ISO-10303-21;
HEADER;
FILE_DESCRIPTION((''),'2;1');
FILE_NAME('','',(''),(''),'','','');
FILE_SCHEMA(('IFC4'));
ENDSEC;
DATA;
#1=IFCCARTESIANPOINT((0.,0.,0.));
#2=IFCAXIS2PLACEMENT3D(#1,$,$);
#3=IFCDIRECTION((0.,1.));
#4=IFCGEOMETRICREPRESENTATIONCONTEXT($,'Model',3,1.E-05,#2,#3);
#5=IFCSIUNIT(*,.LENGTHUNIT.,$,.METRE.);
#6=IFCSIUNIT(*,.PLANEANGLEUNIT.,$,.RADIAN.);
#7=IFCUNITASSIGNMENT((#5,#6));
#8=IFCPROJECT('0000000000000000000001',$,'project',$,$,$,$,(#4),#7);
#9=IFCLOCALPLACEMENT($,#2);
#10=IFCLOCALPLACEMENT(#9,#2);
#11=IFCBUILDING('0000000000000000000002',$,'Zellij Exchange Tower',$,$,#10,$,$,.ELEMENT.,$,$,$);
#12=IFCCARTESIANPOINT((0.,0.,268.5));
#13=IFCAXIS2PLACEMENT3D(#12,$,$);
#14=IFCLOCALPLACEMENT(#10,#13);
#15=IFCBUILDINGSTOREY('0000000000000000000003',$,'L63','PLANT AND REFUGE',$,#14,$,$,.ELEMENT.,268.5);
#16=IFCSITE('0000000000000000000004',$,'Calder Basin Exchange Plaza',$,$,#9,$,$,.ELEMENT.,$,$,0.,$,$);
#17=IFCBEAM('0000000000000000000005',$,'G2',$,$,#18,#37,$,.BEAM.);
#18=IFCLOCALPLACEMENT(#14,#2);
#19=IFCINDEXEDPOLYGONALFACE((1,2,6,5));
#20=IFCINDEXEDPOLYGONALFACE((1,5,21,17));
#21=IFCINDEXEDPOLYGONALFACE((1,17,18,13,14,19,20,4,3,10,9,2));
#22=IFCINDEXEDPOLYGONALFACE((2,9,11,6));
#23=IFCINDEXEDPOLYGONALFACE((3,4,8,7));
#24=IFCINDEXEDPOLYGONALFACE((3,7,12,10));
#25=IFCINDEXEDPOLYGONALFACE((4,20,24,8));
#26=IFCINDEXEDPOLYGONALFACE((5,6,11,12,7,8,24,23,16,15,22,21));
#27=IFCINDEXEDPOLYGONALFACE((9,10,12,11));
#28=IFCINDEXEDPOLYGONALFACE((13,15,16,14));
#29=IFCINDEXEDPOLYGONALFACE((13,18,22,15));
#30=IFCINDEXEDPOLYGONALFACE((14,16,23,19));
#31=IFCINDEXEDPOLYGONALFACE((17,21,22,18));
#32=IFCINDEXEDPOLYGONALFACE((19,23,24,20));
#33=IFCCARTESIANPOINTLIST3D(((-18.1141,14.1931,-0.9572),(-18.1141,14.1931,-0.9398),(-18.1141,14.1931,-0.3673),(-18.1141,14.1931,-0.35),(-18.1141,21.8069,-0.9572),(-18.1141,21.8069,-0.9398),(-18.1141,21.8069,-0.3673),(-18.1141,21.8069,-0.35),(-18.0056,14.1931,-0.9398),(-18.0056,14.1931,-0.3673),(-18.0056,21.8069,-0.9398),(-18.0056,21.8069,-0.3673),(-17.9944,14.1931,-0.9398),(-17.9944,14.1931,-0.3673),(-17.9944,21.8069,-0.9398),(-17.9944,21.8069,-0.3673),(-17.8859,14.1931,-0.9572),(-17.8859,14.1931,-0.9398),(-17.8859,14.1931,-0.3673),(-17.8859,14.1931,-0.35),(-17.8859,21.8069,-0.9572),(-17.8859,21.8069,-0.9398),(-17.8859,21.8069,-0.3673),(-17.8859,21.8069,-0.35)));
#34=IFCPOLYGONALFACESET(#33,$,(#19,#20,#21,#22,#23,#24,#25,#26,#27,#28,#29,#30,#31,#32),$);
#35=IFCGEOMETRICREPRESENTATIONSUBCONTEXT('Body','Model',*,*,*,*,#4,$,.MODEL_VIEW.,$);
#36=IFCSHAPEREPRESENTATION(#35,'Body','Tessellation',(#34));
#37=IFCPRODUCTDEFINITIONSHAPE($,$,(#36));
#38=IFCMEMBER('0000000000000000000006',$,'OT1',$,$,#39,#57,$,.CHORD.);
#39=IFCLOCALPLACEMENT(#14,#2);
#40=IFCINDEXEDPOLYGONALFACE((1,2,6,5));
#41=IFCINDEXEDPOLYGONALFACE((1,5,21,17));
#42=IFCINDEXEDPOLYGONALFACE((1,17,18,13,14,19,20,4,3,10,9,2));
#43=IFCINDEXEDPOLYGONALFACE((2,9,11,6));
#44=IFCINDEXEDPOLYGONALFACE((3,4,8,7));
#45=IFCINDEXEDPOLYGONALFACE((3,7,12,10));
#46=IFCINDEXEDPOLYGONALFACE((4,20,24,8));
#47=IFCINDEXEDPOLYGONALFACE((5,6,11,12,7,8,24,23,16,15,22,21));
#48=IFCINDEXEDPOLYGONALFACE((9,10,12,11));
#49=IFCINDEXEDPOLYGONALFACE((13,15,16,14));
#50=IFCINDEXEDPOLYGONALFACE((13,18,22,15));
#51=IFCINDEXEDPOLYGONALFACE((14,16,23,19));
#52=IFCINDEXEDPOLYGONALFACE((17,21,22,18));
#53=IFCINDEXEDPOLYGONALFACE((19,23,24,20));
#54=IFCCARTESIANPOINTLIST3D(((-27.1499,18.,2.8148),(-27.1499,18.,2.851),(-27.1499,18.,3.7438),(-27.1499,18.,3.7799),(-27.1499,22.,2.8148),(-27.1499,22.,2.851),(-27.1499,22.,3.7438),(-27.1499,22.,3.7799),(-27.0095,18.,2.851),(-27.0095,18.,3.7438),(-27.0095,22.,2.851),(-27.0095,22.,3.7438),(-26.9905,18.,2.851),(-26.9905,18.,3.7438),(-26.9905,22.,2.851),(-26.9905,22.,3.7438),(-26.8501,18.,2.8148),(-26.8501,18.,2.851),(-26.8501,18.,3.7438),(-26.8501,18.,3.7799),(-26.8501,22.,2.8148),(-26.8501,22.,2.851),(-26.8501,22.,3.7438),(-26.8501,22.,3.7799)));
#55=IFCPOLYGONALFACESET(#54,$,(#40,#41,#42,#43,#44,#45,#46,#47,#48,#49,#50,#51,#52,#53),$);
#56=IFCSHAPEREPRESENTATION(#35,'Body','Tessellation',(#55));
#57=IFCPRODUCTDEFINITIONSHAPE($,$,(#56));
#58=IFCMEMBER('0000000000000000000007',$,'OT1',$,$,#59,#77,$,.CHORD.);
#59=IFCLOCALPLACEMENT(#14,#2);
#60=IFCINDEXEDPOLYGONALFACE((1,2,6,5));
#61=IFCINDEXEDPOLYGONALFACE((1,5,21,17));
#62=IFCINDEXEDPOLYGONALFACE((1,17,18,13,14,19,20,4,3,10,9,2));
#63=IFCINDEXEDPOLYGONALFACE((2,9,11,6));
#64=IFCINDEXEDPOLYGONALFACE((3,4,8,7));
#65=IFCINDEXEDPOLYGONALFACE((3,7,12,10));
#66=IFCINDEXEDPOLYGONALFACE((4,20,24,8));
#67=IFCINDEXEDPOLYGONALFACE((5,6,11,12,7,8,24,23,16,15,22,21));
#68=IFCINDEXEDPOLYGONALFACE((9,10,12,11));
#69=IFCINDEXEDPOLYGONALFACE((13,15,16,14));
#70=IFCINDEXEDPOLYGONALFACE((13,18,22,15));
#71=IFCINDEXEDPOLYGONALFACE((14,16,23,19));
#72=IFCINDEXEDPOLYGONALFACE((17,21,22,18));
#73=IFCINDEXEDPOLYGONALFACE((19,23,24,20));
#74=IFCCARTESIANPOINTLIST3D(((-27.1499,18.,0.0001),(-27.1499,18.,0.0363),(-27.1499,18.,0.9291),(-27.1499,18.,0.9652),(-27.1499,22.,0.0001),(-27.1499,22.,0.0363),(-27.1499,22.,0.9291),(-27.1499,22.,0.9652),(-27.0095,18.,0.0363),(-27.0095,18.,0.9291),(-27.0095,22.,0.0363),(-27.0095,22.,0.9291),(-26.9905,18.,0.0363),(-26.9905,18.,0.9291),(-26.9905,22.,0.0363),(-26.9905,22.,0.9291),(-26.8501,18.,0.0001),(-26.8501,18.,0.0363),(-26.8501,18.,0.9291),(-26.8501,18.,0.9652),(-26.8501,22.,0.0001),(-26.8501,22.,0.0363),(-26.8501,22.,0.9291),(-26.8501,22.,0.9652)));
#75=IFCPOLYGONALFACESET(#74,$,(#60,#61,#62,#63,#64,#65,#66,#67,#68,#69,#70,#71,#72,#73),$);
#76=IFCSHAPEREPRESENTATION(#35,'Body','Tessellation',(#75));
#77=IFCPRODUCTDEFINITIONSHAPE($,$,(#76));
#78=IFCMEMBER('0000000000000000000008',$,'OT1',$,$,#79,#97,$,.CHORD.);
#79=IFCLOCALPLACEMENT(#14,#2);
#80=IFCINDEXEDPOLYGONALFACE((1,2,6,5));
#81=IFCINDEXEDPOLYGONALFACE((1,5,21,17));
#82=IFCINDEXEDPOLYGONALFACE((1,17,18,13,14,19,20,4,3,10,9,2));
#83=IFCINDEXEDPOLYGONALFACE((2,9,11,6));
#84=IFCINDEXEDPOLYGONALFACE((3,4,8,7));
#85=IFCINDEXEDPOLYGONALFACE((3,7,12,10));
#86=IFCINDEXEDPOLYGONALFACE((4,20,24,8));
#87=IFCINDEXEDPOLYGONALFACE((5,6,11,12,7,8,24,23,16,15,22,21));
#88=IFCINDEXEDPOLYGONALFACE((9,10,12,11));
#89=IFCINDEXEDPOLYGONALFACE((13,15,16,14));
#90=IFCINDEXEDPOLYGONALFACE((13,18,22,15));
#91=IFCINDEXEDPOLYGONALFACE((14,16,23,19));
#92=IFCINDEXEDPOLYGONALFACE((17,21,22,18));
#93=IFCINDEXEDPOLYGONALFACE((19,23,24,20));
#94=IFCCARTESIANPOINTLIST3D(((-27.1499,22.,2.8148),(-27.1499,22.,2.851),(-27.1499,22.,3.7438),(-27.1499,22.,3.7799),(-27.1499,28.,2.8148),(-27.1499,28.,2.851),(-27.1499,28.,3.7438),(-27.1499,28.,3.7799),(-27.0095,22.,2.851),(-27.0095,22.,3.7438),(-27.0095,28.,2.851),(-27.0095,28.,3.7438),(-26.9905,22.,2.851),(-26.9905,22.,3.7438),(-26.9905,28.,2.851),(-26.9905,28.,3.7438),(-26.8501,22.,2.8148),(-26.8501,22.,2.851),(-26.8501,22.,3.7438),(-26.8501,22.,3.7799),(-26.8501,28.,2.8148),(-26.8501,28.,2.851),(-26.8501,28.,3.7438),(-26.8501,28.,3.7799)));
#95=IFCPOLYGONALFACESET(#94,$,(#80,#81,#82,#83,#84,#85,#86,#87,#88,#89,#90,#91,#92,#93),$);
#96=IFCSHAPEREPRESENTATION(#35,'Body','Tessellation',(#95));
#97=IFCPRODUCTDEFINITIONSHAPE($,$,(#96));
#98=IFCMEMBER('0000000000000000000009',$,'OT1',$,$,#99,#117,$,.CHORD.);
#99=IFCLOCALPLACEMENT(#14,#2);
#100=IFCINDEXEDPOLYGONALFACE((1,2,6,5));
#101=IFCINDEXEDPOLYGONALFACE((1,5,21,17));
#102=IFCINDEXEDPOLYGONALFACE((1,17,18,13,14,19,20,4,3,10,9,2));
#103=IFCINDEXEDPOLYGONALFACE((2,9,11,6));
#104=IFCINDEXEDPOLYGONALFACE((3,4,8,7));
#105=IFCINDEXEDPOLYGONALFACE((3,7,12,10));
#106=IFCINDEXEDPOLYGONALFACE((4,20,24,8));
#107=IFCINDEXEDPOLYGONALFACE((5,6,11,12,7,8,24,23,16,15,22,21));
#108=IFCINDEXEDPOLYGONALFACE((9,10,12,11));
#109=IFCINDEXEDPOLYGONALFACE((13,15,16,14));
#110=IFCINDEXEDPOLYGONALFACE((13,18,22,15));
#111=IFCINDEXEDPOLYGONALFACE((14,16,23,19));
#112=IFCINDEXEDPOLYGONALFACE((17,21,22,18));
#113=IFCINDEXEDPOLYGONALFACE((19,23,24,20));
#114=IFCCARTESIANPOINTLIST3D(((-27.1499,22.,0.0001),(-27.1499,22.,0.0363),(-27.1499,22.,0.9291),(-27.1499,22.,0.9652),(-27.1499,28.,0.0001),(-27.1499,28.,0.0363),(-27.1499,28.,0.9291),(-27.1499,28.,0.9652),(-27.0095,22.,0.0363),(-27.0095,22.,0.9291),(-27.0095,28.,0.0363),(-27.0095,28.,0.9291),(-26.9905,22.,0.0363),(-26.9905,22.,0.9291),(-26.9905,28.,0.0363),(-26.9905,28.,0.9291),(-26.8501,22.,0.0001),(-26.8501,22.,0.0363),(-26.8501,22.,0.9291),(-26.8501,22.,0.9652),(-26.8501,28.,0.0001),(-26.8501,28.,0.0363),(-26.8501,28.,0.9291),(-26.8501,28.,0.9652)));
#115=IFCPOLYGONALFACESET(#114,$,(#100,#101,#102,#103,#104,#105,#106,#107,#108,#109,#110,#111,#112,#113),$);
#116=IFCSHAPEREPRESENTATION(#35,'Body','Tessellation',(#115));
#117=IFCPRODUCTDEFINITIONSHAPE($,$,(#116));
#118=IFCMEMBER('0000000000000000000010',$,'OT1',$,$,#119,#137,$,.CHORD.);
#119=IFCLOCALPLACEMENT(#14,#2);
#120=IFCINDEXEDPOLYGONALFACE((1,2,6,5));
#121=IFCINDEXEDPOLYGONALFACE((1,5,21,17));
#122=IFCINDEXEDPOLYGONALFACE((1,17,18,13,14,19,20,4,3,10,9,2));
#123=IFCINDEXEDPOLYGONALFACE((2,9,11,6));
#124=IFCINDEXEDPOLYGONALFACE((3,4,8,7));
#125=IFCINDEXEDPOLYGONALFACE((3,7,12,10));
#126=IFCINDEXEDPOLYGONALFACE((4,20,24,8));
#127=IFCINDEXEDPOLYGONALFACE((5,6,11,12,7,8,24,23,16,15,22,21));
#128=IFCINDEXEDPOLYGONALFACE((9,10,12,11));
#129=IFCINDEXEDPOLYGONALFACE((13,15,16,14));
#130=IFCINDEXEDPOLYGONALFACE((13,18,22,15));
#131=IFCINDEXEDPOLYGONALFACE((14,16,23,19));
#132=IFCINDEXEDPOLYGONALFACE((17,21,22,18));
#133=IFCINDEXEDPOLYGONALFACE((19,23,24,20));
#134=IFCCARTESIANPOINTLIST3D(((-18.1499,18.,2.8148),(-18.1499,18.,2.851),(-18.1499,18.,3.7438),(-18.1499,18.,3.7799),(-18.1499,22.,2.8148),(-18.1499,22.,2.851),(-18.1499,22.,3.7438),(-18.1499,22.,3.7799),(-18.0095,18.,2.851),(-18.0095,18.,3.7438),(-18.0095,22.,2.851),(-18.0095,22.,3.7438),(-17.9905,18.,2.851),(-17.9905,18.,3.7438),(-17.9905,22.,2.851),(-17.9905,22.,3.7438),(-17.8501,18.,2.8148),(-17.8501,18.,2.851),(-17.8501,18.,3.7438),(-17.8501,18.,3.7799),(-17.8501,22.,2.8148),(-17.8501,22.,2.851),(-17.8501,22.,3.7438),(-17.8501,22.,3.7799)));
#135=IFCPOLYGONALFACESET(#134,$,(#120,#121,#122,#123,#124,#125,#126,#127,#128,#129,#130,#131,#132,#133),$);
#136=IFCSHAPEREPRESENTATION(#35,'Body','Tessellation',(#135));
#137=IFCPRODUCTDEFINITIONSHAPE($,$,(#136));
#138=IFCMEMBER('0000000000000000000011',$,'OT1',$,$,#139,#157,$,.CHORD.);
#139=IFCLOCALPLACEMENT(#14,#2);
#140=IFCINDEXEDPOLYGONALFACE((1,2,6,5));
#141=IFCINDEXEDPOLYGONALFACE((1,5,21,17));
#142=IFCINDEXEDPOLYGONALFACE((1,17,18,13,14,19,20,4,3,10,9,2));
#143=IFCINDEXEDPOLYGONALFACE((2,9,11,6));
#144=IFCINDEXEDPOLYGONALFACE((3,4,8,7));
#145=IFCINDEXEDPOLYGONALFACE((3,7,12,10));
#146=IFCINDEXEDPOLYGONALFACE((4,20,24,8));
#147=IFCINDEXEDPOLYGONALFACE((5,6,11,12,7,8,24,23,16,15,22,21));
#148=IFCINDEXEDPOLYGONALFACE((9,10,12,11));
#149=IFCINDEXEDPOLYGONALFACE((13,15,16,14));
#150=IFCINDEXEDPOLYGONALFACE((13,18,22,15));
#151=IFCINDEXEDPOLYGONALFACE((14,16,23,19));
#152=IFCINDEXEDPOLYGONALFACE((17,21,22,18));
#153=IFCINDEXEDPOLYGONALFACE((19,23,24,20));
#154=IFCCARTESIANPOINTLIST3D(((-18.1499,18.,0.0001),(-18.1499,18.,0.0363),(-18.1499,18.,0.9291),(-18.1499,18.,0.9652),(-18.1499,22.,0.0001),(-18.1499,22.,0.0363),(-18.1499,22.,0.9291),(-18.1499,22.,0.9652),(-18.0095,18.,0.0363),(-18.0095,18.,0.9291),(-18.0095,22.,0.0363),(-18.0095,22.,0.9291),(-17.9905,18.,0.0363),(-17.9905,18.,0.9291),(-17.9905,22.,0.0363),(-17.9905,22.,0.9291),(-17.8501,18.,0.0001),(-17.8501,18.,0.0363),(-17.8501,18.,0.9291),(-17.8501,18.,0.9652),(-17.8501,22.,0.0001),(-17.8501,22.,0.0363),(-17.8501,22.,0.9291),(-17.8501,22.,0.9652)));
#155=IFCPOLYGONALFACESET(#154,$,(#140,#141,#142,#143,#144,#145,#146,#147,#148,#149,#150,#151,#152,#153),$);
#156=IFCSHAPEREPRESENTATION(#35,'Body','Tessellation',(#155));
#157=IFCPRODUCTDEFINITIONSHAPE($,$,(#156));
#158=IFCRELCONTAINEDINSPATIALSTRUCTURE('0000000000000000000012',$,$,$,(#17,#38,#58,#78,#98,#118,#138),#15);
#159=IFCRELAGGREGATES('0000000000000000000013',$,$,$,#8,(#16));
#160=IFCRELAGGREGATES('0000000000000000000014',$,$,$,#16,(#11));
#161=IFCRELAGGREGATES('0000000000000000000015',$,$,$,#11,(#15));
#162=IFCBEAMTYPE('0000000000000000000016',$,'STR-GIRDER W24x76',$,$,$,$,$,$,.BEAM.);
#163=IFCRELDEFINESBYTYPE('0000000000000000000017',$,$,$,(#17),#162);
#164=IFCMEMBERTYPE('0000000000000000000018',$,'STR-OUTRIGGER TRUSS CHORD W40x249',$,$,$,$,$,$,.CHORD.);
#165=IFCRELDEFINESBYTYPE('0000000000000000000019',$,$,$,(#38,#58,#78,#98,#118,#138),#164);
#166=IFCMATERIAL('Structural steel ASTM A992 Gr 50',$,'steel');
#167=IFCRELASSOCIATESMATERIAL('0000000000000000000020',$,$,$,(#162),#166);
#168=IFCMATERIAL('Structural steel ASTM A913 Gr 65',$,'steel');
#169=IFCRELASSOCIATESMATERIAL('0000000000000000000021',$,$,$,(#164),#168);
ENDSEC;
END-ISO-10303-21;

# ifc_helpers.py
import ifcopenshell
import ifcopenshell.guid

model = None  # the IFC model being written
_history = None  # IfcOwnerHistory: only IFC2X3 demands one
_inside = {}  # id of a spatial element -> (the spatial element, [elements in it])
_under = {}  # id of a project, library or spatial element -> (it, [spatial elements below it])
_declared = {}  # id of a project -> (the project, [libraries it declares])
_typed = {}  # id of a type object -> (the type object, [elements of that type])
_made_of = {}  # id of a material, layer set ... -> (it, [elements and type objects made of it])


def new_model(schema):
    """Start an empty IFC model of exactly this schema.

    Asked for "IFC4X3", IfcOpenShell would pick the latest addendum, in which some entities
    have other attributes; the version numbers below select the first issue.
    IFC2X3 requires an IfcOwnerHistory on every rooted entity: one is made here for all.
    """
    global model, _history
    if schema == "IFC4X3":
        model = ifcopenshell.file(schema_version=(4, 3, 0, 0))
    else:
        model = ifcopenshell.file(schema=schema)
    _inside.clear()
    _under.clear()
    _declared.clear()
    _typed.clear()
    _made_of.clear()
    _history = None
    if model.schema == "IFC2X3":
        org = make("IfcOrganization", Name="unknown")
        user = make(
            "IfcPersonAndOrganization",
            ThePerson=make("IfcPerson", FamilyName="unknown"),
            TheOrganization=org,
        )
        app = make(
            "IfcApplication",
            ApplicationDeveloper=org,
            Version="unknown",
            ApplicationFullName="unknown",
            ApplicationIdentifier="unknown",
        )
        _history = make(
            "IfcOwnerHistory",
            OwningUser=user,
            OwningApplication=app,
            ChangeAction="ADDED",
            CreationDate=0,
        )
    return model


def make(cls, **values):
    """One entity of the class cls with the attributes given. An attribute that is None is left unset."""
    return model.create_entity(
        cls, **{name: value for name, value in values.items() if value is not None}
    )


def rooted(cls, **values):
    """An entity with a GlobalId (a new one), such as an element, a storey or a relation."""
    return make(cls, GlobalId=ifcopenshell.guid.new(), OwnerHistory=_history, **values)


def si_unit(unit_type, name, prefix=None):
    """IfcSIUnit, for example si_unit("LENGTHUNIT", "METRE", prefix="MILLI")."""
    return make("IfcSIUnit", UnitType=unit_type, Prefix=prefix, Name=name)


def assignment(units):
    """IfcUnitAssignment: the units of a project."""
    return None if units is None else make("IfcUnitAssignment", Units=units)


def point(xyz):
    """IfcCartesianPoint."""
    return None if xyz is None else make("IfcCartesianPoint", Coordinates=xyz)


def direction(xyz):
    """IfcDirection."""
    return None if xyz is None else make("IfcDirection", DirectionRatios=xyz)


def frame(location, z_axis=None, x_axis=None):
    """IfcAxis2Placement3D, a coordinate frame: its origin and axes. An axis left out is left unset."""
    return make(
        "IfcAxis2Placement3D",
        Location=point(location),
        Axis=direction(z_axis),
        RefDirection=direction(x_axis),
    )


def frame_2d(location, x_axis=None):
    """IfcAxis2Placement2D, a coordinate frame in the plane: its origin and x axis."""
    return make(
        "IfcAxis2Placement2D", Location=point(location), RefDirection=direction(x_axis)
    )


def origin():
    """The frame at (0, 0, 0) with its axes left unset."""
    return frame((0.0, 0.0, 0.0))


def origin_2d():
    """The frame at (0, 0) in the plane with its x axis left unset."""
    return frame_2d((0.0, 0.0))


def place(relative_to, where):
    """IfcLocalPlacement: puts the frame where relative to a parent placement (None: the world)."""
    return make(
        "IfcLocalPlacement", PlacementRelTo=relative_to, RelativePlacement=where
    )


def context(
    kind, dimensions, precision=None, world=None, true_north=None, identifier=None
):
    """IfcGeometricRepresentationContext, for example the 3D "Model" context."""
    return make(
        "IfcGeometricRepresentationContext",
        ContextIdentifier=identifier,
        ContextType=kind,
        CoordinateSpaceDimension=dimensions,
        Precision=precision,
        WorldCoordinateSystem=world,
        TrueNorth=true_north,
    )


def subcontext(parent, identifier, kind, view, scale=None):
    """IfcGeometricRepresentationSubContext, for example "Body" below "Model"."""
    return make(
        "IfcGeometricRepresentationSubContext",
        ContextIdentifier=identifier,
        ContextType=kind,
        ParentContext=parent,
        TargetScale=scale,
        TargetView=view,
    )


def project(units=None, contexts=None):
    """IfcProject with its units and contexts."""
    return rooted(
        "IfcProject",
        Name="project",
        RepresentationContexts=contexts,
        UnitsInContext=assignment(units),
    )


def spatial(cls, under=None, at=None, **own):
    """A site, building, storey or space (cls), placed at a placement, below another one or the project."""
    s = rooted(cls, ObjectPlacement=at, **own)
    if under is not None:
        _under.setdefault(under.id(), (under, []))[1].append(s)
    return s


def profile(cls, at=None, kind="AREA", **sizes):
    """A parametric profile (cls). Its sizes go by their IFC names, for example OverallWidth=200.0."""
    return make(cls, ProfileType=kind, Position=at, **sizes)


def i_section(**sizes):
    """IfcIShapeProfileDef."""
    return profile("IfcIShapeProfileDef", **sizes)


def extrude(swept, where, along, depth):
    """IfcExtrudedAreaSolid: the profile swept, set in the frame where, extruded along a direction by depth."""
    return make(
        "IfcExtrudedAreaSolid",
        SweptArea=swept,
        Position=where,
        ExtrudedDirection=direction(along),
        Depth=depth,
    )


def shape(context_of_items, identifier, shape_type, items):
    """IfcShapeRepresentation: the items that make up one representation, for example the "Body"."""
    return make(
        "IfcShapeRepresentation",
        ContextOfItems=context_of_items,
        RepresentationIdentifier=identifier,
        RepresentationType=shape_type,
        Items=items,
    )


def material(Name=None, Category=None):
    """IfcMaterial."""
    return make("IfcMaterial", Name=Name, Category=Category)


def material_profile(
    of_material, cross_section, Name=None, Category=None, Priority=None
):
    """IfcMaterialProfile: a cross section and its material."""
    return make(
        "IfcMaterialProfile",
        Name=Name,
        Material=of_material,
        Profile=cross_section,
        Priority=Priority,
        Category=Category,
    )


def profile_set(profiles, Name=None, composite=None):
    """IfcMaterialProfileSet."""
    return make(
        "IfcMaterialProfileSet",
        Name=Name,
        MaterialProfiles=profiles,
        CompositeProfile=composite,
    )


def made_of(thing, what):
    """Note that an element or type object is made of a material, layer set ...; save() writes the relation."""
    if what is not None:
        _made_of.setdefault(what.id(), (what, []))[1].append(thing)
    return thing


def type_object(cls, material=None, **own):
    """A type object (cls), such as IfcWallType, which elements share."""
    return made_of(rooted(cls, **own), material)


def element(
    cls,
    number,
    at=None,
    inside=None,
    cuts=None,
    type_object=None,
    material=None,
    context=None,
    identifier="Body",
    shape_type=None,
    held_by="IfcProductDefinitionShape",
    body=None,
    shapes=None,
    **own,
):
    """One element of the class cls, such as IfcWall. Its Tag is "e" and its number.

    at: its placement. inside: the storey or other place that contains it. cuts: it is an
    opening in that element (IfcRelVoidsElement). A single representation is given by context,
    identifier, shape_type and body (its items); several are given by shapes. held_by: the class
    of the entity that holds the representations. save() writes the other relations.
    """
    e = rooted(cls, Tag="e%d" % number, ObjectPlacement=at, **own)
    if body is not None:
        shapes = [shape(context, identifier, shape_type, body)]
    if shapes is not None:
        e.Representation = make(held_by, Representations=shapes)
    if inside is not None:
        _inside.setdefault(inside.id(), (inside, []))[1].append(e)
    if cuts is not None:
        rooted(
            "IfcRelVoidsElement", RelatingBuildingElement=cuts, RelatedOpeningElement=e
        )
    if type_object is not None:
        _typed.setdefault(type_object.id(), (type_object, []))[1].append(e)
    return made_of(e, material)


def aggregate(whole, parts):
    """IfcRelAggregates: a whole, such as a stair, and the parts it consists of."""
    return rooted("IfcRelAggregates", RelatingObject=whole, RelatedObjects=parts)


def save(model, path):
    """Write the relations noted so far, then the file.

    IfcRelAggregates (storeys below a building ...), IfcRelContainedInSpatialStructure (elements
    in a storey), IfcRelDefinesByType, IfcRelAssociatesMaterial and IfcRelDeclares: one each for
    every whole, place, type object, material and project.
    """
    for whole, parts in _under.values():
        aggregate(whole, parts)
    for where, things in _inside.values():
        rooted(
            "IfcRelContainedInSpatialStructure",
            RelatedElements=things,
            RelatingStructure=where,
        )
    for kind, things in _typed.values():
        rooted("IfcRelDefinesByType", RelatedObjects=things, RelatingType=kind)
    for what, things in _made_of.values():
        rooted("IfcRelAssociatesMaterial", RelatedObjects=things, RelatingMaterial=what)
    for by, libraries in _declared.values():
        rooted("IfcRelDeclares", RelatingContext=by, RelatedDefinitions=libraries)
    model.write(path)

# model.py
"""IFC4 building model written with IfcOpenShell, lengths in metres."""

from ifc_helpers import new_model, si_unit, direction, frame, origin, origin_2d, place, context, subcontext, project, spatial, i_section, extrude, material, material_profile, profile_set, type_object, element, save


model = new_model("IFC4")

# Units and contexts
model_context = context("Model", 3, precision=1e-05, world=origin(), true_north=direction((0.0, 1.0)))
body_context = subcontext(model_context, "Body", "Model", "MODEL_VIEW")
ifc_project = project(units=[si_unit("LENGTHUNIT", "METRE"), si_unit("PLANEANGLEUNIT", "RADIAN")], contexts=[model_context])

# Site, building, storey
site_placement = place(None, origin())
site = spatial("IfcSite", under=ifc_project, at=site_placement, Name="Calder Basin Exchange Plaza", CompositionType="ELEMENT", RefElevation=0.0)
building_placement = place(site_placement, origin())
building = spatial("IfcBuilding", under=site, at=building_placement, Name="Zellij Exchange Tower", CompositionType="ELEMENT")
storey_placement = place(building_placement, frame((0.0, 0.0, 268.5)))
storey = spatial("IfcBuildingStorey", under=building, at=storey_placement, Name="L63", Description="PLANT AND REFUGE", CompositionType="ELEMENT", Elevation=268.5)

# Shared definitions
ifc_material_1 = material(Name="Structural steel ASTM A992 Gr 50", Category="steel")

# Beam
ifc_material_profile_1 = material_profile(ifc_material_1, i_section(OverallWidth=0.2283, OverallDepth=0.6072, WebThickness=0.0112, FlangeThickness=0.0173, at=origin_2d()), Name="W24x76")
ifc_profile_set_1 = profile_set([ifc_material_profile_1], Name="Structural steel ASTM A992 Gr 50")
beam_type = type_object("IfcBeamType", Name="STR-GIRDER W24x76", PredefinedType="BEAM", material=ifc_profile_set_1)
for number, where, z_axis, x_axis, name in (
    (1, (-18.0, 14.1931, -0.6536), (0.0, 1.0, 0.0), (-1.0, 0.0, 0.0), "G2"),
):
    element("IfcBeam", number, at=place(storey_placement, frame(where, z_axis=z_axis, x_axis=x_axis)), inside=storey, type_object=beam_type, Name=name, PredefinedType="BEAM", context=body_context, shape_type="SweptSolid", body=[
        extrude(i_section(OverallWidth=0.2283, OverallDepth=0.6072, WebThickness=0.0112, FlangeThickness=0.0173, at=origin_2d()), origin(), (0.0, 0.0, 1.0), 7.6138),
    ])

# Members
ifc_material_2 = material(Name="Structural steel ASTM A913 Gr 65", Category="steel")
ifc_material_profile_2 = material_profile(ifc_material_2, i_section(OverallWidth=0.2998, OverallDepth=0.9651, WebThickness=0.019, FlangeThickness=0.0361, at=origin_2d()), Name="W40x249")
ifc_profile_set_2 = profile_set([ifc_material_profile_2], Name="Structural steel ASTM A913 Gr 65")
member_type_1 = type_object("IfcMemberType", Name="STR-OUTRIGGER TRUSS CHORD W40x249", PredefinedType="CHORD", material=ifc_profile_set_2)
for number, where, z_axis, x_axis, name in (
    (2, (-27.0, 18.0, 3.2974), (0.0, 1.0, 0.0), (-1.0, 0.0, 0.0), "OT1"),
    (3, (-27.0, 18.0, 0.4827), (0.0, 1.0, 0.0), (-1.0, 0.0, 0.0), "OT1"),
):
    element("IfcMember", number, at=place(storey_placement, frame(where, z_axis=z_axis, x_axis=x_axis)), inside=storey, type_object=member_type_1, Name=name, PredefinedType="CHORD", context=body_context, shape_type="SweptSolid", body=[
        extrude(i_section(OverallWidth=0.2998, OverallDepth=0.9651, WebThickness=0.019, FlangeThickness=0.0361, at=origin_2d()), origin(), (0.0, 0.0, 1.0), 4.0),
    ])
for number, where, z_axis, x_axis, name in (
    (4, (-27.0, 22.0, 3.2974), (0.0, 1.0, 0.0), (-1.0, 0.0, 0.0), "OT1"),
    (5, (-27.0, 22.0, 0.4827), (0.0, 1.0, 0.0), (-1.0, 0.0, 0.0), "OT1"),
):
    element("IfcMember", number, at=place(storey_placement, frame(where, z_axis=z_axis, x_axis=x_axis)), inside=storey, type_object=member_type_1, Name=name, PredefinedType="CHORD", context=body_context, shape_type="SweptSolid", body=[
        extrude(i_section(OverallWidth=0.2998, OverallDepth=0.9651, WebThickness=0.019, FlangeThickness=0.0361, at=origin_2d()), origin(), (0.0, 0.0, 1.0), 6.0),
    ])
for number, where, z_axis, x_axis, name in (
    (6, (-18.0, 18.0, 3.2974), (0.0, 1.0, 0.0), (-1.0, 0.0, 0.0), "OT1"),
    (7, (-18.0, 18.0, 0.4827), (0.0, 1.0, 0.0), (-1.0, 0.0, 0.0), "OT1"),
):
    element("IfcMember", number, at=place(storey_placement, frame(where, z_axis=z_axis, x_axis=x_axis)), inside=storey, type_object=member_type_1, Name=name, PredefinedType="CHORD", context=body_context, shape_type="SweptSolid", body=[
        extrude(i_section(OverallWidth=0.2998, OverallDepth=0.9651, WebThickness=0.019, FlangeThickness=0.0361, at=origin_2d()), origin(), (0.0, 0.0, 1.0), 4.0),
    ])

save(model, "model.ifc")
